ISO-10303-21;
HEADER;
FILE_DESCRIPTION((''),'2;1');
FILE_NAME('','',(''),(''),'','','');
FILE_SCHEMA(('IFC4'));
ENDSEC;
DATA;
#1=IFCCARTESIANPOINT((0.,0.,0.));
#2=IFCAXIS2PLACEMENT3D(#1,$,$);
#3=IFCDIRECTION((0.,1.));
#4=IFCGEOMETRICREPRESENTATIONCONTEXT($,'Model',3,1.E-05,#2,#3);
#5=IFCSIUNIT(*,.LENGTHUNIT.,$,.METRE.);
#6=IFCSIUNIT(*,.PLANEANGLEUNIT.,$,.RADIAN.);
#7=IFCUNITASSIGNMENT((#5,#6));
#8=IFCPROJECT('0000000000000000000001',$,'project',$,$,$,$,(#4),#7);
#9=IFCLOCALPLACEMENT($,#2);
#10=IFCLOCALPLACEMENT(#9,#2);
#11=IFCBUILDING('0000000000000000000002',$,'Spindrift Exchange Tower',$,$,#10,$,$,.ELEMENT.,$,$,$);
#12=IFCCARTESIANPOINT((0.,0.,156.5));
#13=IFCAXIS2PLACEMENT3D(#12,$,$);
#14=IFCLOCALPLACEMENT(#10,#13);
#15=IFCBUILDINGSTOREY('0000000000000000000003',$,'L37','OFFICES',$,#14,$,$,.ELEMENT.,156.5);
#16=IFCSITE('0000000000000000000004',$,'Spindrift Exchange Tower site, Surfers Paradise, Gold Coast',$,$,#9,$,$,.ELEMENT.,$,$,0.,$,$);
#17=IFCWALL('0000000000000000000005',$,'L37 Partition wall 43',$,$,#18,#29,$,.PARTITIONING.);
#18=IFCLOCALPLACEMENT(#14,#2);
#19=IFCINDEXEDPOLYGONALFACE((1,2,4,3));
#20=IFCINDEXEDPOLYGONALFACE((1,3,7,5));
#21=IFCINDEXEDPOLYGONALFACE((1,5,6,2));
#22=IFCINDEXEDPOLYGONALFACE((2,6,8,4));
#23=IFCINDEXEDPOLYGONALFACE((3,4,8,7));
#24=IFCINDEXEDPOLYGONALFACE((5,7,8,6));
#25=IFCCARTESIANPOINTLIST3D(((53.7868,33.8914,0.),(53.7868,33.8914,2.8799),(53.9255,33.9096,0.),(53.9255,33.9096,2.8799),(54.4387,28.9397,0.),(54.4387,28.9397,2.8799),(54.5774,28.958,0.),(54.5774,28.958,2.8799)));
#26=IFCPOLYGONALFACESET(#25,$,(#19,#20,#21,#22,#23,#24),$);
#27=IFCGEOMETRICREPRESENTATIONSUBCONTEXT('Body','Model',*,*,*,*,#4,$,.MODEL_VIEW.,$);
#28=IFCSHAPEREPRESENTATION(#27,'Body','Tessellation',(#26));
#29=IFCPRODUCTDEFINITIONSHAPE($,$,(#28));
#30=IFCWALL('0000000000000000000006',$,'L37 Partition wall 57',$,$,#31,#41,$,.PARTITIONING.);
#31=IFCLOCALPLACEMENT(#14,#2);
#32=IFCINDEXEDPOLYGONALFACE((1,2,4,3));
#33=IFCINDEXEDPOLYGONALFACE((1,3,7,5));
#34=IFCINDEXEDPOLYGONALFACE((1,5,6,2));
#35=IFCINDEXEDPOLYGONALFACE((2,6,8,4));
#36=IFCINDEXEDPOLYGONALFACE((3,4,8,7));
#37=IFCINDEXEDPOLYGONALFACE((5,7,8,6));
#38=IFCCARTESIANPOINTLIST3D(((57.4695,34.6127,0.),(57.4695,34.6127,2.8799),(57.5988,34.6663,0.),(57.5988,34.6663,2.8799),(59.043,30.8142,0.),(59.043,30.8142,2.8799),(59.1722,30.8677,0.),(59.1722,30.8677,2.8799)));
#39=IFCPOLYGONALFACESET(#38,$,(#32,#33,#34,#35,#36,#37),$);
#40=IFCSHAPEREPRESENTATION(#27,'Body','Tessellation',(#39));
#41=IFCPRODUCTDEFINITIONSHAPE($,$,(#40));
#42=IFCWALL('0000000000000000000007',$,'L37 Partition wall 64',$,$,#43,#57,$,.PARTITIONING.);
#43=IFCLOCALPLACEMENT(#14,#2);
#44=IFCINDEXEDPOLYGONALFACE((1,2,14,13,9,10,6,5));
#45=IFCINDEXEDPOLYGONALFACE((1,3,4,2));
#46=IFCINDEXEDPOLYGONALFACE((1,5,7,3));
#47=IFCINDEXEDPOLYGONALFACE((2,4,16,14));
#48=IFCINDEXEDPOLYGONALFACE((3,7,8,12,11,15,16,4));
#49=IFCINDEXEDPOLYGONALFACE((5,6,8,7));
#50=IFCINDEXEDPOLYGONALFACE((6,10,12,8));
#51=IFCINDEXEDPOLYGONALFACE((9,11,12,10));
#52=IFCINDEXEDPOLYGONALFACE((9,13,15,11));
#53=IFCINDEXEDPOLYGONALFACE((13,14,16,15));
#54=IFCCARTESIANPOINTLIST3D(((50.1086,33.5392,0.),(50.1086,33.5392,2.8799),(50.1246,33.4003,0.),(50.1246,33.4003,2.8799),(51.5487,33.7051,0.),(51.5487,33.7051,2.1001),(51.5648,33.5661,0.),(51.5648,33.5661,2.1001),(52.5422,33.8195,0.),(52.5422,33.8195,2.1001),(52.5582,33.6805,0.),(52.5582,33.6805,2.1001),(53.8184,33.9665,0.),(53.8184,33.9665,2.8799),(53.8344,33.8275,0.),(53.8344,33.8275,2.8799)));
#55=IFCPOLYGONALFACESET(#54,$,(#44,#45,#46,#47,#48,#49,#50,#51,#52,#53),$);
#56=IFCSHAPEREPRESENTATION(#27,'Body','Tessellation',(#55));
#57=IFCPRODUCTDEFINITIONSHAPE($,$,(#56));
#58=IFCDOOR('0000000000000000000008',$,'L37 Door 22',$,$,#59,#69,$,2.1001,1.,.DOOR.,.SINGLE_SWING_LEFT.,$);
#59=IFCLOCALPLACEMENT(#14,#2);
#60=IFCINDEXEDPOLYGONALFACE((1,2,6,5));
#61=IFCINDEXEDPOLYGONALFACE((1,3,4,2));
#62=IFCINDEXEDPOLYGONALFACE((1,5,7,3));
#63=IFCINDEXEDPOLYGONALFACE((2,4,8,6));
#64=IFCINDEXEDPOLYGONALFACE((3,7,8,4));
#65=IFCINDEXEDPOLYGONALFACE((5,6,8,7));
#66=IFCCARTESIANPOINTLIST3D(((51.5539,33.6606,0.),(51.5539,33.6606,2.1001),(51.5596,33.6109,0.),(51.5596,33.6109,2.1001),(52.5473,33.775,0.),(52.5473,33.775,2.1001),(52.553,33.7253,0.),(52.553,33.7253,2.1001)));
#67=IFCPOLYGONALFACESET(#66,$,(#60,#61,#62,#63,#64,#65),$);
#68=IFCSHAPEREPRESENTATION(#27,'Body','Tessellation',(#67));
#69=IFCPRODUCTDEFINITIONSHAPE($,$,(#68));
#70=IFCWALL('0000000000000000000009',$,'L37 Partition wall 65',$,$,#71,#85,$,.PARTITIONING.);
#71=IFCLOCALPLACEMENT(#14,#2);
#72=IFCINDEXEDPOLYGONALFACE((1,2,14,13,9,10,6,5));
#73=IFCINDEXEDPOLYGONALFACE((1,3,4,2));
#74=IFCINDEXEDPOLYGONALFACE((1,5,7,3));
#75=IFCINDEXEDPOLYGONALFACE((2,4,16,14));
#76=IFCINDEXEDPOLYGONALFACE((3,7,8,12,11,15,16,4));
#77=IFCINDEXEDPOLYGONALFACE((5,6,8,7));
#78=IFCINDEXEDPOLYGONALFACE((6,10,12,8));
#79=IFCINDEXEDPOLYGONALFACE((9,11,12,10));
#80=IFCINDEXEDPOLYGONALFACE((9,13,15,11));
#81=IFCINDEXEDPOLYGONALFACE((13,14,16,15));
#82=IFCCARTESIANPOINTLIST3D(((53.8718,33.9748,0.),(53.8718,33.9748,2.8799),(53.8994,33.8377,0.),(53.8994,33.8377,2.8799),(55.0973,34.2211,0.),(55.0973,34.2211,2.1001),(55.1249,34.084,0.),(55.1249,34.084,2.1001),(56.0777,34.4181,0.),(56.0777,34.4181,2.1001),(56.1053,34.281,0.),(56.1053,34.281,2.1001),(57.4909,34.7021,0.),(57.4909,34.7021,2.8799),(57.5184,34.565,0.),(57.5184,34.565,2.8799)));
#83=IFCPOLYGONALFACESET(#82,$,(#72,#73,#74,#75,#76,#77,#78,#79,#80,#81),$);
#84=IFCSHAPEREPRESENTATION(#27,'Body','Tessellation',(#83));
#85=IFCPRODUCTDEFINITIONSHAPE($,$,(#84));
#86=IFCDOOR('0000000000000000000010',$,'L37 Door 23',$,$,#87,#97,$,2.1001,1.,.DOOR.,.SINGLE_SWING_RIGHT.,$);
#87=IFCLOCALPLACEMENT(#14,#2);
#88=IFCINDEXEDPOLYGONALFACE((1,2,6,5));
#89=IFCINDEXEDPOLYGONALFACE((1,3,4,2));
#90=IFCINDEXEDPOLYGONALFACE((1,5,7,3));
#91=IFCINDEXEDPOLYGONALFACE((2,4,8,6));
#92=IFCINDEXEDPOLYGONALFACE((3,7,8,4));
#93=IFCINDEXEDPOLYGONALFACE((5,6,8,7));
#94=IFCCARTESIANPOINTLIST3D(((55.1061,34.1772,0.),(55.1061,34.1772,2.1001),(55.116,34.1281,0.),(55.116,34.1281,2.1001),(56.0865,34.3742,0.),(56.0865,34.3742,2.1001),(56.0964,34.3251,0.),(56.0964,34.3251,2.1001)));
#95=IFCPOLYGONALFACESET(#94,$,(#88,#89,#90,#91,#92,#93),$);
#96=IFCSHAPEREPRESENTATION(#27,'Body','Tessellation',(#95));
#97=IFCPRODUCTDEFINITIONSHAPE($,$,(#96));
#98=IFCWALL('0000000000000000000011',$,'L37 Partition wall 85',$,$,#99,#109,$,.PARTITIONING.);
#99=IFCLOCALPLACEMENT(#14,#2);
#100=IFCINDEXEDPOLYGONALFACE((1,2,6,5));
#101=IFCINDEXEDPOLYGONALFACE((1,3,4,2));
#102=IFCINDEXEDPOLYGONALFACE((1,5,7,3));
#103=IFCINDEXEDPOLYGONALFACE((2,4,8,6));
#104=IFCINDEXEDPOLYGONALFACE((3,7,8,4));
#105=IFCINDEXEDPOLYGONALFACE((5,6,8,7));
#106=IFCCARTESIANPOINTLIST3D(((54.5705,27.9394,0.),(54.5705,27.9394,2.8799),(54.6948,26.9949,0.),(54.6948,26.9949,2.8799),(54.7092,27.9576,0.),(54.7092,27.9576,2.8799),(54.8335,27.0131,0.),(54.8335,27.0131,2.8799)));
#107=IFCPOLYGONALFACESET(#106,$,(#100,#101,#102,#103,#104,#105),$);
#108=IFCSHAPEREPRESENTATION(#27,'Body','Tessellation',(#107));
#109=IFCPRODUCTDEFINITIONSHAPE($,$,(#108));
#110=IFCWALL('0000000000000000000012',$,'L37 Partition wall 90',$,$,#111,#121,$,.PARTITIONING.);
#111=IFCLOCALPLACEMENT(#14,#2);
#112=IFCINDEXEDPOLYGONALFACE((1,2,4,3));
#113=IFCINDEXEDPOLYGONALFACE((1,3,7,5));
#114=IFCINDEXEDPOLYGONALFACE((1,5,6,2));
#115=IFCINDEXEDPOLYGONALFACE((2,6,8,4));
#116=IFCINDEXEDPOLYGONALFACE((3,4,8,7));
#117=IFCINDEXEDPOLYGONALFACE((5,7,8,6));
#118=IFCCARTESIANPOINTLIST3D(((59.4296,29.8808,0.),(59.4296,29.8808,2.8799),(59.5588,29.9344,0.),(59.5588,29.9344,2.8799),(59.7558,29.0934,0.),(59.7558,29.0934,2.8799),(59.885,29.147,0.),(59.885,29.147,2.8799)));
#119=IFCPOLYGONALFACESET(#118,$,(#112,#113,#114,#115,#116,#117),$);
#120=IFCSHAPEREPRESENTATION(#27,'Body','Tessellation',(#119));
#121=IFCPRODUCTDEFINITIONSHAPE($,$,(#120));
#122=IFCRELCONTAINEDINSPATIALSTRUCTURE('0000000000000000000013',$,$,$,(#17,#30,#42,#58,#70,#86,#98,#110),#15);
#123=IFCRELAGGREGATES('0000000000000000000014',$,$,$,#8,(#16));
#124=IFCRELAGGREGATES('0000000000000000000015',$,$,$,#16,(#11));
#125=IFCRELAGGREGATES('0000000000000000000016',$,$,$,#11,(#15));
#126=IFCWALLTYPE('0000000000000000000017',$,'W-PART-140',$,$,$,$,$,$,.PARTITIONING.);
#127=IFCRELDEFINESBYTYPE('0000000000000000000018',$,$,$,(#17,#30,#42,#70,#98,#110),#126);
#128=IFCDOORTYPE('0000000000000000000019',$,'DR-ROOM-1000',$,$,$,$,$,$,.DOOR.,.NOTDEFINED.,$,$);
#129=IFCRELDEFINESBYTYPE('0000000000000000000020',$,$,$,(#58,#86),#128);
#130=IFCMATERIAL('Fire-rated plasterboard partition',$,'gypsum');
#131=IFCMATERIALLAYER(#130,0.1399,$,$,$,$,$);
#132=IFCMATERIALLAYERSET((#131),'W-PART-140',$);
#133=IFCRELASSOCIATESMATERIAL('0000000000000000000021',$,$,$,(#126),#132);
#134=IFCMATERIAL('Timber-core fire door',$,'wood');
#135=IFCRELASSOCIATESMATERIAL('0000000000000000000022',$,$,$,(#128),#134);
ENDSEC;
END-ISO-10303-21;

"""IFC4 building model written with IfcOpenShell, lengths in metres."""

from ifc_helpers import new_model, si_unit, direction, frame, frame_2d, origin, place, context, subcontext, project, spatial, rectangle, extrude, source, transform, mapped, material, layer, layer_set, type_object, element, fill, save


model = new_model("IFC4")

# Units and contexts
model_context = context("Model", 3, precision=1e-05, world=origin(), true_north=direction((0.0, 1.0)))
body_context = subcontext(model_context, "Body", "Model", "MODEL_VIEW")
ifc_project = project(units=[si_unit("LENGTHUNIT", "METRE"), si_unit("PLANEANGLEUNIT", "RADIAN")], contexts=[model_context])

# Site, building, storey
site_placement = place(None, origin())
site = spatial("IfcSite", under=ifc_project, at=site_placement, Name="Spindrift Exchange Tower site, Surfers Paradise, Gold Coast", CompositionType="ELEMENT", RefElevation=0.0)
building_placement = place(site_placement, origin())
building = spatial("IfcBuilding", under=site, at=building_placement, Name="Spindrift Exchange Tower", CompositionType="ELEMENT")
storey_placement = place(building_placement, frame((0.0, 0.0, 156.5)))
storey = spatial("IfcBuildingStorey", under=building, at=storey_placement, Name="L37", Description="OFFICES", CompositionType="ELEMENT", Elevation=156.5)

# Walls
ifc_material_1 = material(Name="Fire-rated plasterboard partition", Category="gypsum")
ifc_layer_1 = layer(ifc_material_1, 0.1399)
ifc_layer_set_1 = layer_set([ifc_layer_1], Name="W-PART-140")
wall_type = type_object("IfcWallType", Name="W-PART-140", PredefinedType="PARTITIONING", material=ifc_layer_set_1)
wall_1_placement = place(storey_placement, frame((53.8562, 33.9004, 0.0), z_axis=(0.0, 0.0, 1.0), x_axis=(0.130518, -0.991446, 0.0)))
element("IfcWall", 1, at=wall_1_placement, inside=storey, type_object=wall_type, Name="L37 Partition wall 43", PredefinedType="PARTITIONING", context=body_context, shape_type="SweptSolid", body=[
    extrude(rectangle(XDim=4.9944, YDim=0.1399, at=frame_2d((2.4971, 0.0))), origin(), (0.0, 0.0, 1.0), 2.8799),
])
wall_2_placement = place(storey_placement, frame((57.5342, 34.6394, 0.0), z_axis=(0.0, 0.0, 1.0), x_axis=(0.382696, -0.923874, 0.0)))
element("IfcWall", 2, at=wall_2_placement, inside=storey, type_object=wall_type, Name="L37 Partition wall 57", PredefinedType="PARTITIONING", context=body_context, shape_type="SweptSolid", body=[
    extrude(rectangle(XDim=4.1116, YDim=0.1399, at=frame_2d((2.0557, 0.0))), origin(), (0.0, 0.0, 1.0), 2.8799),
])

# Walls, openings, doors
wall_3_placement = place(storey_placement, frame((53.8264, 33.897, 0.0), z_axis=(0.0, 0.0, 1.0), x_axis=(-0.993434, -0.114406, 0.0)))
wall_3 = element("IfcWall", 3, at=wall_3_placement, inside=storey, type_object=wall_type, Name="L37 Partition wall 64", PredefinedType="PARTITIONING", context=body_context, shape_type="SweptSolid", body=[
    extrude(rectangle(XDim=3.7344, YDim=0.1399, at=frame_2d((1.8672, 0.0))), origin(), (0.0, 0.0, 1.0), 2.8799),
])
opening_1_placement = place(wall_3_placement, frame((1.2847, 0.0, 0.0)))
opening_1 = element("IfcOpeningElement", 4, at=opening_1_placement, cuts=wall_3, PredefinedType="OPENING", context=body_context, shape_type="SweptSolid", body=[
    extrude(rectangle(XDim=1.0, YDim=2.1001, at=frame_2d((0.5, 1.05))), frame((0.0, 0.0798, 0.0), z_axis=(0.0, -1.0, 0.0), x_axis=(1.0, 0.0, 0.0)), (0.0, 0.0, 1.0), 0.1599),
])
ifc_material_2 = material(Name="Timber-core fire door", Category="wood")
door_type = type_object("IfcDoorType", Name="DR-ROOM-1000", OperationType="NOTDEFINED", PredefinedType="DOOR", material=ifc_material_2)
shared_shape_1 = source(origin(), body_context, "Body", "SweptSolid", [
    extrude(rectangle(XDim=1.0, YDim=2.1001, at=frame_2d((0.5, 1.05))), frame((0.0, 0.0249, 0.0), z_axis=(0.0, -1.0, 0.0), x_axis=(1.0, 0.0, 0.0)), (0.0, 0.0, 1.0), 0.05),
])
door_1_placement = place(opening_1_placement, origin())
door_1 = element("IfcDoor", 5, at=door_1_placement, inside=storey, type_object=door_type, Name="L37 Door 22", OperationType="SINGLE_SWING_LEFT", OverallHeight=2.1001, OverallWidth=1.0, PredefinedType="DOOR", context=body_context, shape_type="MappedRepresentation", body=[
    mapped(shared_shape_1, transform((0.0, 0.0, 0.0), scale=1.0)),
])
fill(opening_1, door_1)
wall_4_placement = place(storey_placement, frame((57.5046, 34.6335, 0.0), z_axis=(0.0, 0.0, 1.0), x_axis=(-0.9804, -0.197019, 0.0)))
wall_4 = element("IfcWall", 6, at=wall_4_placement, inside=storey, type_object=wall_type, Name="L37 Partition wall 65", PredefinedType="PARTITIONING", context=body_context, shape_type="SweptSolid", body=[
    extrude(rectangle(XDim=3.6914, YDim=0.1399, at=frame_2d((1.8457, 0.0))), origin(), (0.0, 0.0, 1.0), 2.8799),
])
opening_2_placement = place(wall_4_placement, frame((1.4414, 0.0, 0.0)))
opening_2 = element("IfcOpeningElement", 7, at=opening_2_placement, cuts=wall_4, PredefinedType="OPENING", context=body_context, shape_type="SweptSolid", body=[
    extrude(rectangle(XDim=1.0, YDim=2.1001, at=frame_2d((0.5, 1.05))), frame((0.0, 0.0798, 0.0), z_axis=(0.0, -1.0, 0.0), x_axis=(1.0, 0.0, 0.0)), (0.0, 0.0, 1.0), 0.1599),
])
door_2_placement = place(opening_2_placement, origin())
door_2 = element("IfcDoor", 8, at=door_2_placement, inside=storey, type_object=door_type, Name="L37 Door 23", OperationType="SINGLE_SWING_RIGHT", OverallHeight=2.1001, OverallWidth=1.0, PredefinedType="DOOR", context=body_context, shape_type="MappedRepresentation", body=[
    mapped(shared_shape_1, transform((0.0, 0.0, 0.0), scale=1.0)),
])
fill(opening_2, door_2)

# Walls
wall_5_placement = place(storey_placement, frame((54.6399, 27.9485, 0.0), z_axis=(0.0, 0.0, 1.0), x_axis=(0.130435, -0.991457, 0.0)))
element("IfcWall", 9, at=wall_5_placement, inside=storey, type_object=wall_type, Name="L37 Partition wall 85", PredefinedType="PARTITIONING", context=body_context, shape_type="SweptSolid", body=[
    extrude(rectangle(XDim=0.9526, YDim=0.1399, at=frame_2d((0.4763, 0.0))), origin(), (0.0, 0.0, 1.0), 2.8799),
])
wall_6_placement = place(storey_placement, frame((59.4941, 29.9077, 0.0), z_axis=(0.0, 0.0, 1.0), x_axis=(0.382723, -0.923863, 0.0)))
element("IfcWall", 10, at=wall_6_placement, inside=storey, type_object=wall_type, Name="L37 Partition wall 90", PredefinedType="PARTITIONING", context=body_context, shape_type="SweptSolid", body=[
    extrude(rectangle(XDim=0.8523, YDim=0.1399, at=frame_2d((0.4263, 0.0))), origin(), (0.0, 0.0, 1.0), 2.8799),
])

save(model, "model.ifc")
